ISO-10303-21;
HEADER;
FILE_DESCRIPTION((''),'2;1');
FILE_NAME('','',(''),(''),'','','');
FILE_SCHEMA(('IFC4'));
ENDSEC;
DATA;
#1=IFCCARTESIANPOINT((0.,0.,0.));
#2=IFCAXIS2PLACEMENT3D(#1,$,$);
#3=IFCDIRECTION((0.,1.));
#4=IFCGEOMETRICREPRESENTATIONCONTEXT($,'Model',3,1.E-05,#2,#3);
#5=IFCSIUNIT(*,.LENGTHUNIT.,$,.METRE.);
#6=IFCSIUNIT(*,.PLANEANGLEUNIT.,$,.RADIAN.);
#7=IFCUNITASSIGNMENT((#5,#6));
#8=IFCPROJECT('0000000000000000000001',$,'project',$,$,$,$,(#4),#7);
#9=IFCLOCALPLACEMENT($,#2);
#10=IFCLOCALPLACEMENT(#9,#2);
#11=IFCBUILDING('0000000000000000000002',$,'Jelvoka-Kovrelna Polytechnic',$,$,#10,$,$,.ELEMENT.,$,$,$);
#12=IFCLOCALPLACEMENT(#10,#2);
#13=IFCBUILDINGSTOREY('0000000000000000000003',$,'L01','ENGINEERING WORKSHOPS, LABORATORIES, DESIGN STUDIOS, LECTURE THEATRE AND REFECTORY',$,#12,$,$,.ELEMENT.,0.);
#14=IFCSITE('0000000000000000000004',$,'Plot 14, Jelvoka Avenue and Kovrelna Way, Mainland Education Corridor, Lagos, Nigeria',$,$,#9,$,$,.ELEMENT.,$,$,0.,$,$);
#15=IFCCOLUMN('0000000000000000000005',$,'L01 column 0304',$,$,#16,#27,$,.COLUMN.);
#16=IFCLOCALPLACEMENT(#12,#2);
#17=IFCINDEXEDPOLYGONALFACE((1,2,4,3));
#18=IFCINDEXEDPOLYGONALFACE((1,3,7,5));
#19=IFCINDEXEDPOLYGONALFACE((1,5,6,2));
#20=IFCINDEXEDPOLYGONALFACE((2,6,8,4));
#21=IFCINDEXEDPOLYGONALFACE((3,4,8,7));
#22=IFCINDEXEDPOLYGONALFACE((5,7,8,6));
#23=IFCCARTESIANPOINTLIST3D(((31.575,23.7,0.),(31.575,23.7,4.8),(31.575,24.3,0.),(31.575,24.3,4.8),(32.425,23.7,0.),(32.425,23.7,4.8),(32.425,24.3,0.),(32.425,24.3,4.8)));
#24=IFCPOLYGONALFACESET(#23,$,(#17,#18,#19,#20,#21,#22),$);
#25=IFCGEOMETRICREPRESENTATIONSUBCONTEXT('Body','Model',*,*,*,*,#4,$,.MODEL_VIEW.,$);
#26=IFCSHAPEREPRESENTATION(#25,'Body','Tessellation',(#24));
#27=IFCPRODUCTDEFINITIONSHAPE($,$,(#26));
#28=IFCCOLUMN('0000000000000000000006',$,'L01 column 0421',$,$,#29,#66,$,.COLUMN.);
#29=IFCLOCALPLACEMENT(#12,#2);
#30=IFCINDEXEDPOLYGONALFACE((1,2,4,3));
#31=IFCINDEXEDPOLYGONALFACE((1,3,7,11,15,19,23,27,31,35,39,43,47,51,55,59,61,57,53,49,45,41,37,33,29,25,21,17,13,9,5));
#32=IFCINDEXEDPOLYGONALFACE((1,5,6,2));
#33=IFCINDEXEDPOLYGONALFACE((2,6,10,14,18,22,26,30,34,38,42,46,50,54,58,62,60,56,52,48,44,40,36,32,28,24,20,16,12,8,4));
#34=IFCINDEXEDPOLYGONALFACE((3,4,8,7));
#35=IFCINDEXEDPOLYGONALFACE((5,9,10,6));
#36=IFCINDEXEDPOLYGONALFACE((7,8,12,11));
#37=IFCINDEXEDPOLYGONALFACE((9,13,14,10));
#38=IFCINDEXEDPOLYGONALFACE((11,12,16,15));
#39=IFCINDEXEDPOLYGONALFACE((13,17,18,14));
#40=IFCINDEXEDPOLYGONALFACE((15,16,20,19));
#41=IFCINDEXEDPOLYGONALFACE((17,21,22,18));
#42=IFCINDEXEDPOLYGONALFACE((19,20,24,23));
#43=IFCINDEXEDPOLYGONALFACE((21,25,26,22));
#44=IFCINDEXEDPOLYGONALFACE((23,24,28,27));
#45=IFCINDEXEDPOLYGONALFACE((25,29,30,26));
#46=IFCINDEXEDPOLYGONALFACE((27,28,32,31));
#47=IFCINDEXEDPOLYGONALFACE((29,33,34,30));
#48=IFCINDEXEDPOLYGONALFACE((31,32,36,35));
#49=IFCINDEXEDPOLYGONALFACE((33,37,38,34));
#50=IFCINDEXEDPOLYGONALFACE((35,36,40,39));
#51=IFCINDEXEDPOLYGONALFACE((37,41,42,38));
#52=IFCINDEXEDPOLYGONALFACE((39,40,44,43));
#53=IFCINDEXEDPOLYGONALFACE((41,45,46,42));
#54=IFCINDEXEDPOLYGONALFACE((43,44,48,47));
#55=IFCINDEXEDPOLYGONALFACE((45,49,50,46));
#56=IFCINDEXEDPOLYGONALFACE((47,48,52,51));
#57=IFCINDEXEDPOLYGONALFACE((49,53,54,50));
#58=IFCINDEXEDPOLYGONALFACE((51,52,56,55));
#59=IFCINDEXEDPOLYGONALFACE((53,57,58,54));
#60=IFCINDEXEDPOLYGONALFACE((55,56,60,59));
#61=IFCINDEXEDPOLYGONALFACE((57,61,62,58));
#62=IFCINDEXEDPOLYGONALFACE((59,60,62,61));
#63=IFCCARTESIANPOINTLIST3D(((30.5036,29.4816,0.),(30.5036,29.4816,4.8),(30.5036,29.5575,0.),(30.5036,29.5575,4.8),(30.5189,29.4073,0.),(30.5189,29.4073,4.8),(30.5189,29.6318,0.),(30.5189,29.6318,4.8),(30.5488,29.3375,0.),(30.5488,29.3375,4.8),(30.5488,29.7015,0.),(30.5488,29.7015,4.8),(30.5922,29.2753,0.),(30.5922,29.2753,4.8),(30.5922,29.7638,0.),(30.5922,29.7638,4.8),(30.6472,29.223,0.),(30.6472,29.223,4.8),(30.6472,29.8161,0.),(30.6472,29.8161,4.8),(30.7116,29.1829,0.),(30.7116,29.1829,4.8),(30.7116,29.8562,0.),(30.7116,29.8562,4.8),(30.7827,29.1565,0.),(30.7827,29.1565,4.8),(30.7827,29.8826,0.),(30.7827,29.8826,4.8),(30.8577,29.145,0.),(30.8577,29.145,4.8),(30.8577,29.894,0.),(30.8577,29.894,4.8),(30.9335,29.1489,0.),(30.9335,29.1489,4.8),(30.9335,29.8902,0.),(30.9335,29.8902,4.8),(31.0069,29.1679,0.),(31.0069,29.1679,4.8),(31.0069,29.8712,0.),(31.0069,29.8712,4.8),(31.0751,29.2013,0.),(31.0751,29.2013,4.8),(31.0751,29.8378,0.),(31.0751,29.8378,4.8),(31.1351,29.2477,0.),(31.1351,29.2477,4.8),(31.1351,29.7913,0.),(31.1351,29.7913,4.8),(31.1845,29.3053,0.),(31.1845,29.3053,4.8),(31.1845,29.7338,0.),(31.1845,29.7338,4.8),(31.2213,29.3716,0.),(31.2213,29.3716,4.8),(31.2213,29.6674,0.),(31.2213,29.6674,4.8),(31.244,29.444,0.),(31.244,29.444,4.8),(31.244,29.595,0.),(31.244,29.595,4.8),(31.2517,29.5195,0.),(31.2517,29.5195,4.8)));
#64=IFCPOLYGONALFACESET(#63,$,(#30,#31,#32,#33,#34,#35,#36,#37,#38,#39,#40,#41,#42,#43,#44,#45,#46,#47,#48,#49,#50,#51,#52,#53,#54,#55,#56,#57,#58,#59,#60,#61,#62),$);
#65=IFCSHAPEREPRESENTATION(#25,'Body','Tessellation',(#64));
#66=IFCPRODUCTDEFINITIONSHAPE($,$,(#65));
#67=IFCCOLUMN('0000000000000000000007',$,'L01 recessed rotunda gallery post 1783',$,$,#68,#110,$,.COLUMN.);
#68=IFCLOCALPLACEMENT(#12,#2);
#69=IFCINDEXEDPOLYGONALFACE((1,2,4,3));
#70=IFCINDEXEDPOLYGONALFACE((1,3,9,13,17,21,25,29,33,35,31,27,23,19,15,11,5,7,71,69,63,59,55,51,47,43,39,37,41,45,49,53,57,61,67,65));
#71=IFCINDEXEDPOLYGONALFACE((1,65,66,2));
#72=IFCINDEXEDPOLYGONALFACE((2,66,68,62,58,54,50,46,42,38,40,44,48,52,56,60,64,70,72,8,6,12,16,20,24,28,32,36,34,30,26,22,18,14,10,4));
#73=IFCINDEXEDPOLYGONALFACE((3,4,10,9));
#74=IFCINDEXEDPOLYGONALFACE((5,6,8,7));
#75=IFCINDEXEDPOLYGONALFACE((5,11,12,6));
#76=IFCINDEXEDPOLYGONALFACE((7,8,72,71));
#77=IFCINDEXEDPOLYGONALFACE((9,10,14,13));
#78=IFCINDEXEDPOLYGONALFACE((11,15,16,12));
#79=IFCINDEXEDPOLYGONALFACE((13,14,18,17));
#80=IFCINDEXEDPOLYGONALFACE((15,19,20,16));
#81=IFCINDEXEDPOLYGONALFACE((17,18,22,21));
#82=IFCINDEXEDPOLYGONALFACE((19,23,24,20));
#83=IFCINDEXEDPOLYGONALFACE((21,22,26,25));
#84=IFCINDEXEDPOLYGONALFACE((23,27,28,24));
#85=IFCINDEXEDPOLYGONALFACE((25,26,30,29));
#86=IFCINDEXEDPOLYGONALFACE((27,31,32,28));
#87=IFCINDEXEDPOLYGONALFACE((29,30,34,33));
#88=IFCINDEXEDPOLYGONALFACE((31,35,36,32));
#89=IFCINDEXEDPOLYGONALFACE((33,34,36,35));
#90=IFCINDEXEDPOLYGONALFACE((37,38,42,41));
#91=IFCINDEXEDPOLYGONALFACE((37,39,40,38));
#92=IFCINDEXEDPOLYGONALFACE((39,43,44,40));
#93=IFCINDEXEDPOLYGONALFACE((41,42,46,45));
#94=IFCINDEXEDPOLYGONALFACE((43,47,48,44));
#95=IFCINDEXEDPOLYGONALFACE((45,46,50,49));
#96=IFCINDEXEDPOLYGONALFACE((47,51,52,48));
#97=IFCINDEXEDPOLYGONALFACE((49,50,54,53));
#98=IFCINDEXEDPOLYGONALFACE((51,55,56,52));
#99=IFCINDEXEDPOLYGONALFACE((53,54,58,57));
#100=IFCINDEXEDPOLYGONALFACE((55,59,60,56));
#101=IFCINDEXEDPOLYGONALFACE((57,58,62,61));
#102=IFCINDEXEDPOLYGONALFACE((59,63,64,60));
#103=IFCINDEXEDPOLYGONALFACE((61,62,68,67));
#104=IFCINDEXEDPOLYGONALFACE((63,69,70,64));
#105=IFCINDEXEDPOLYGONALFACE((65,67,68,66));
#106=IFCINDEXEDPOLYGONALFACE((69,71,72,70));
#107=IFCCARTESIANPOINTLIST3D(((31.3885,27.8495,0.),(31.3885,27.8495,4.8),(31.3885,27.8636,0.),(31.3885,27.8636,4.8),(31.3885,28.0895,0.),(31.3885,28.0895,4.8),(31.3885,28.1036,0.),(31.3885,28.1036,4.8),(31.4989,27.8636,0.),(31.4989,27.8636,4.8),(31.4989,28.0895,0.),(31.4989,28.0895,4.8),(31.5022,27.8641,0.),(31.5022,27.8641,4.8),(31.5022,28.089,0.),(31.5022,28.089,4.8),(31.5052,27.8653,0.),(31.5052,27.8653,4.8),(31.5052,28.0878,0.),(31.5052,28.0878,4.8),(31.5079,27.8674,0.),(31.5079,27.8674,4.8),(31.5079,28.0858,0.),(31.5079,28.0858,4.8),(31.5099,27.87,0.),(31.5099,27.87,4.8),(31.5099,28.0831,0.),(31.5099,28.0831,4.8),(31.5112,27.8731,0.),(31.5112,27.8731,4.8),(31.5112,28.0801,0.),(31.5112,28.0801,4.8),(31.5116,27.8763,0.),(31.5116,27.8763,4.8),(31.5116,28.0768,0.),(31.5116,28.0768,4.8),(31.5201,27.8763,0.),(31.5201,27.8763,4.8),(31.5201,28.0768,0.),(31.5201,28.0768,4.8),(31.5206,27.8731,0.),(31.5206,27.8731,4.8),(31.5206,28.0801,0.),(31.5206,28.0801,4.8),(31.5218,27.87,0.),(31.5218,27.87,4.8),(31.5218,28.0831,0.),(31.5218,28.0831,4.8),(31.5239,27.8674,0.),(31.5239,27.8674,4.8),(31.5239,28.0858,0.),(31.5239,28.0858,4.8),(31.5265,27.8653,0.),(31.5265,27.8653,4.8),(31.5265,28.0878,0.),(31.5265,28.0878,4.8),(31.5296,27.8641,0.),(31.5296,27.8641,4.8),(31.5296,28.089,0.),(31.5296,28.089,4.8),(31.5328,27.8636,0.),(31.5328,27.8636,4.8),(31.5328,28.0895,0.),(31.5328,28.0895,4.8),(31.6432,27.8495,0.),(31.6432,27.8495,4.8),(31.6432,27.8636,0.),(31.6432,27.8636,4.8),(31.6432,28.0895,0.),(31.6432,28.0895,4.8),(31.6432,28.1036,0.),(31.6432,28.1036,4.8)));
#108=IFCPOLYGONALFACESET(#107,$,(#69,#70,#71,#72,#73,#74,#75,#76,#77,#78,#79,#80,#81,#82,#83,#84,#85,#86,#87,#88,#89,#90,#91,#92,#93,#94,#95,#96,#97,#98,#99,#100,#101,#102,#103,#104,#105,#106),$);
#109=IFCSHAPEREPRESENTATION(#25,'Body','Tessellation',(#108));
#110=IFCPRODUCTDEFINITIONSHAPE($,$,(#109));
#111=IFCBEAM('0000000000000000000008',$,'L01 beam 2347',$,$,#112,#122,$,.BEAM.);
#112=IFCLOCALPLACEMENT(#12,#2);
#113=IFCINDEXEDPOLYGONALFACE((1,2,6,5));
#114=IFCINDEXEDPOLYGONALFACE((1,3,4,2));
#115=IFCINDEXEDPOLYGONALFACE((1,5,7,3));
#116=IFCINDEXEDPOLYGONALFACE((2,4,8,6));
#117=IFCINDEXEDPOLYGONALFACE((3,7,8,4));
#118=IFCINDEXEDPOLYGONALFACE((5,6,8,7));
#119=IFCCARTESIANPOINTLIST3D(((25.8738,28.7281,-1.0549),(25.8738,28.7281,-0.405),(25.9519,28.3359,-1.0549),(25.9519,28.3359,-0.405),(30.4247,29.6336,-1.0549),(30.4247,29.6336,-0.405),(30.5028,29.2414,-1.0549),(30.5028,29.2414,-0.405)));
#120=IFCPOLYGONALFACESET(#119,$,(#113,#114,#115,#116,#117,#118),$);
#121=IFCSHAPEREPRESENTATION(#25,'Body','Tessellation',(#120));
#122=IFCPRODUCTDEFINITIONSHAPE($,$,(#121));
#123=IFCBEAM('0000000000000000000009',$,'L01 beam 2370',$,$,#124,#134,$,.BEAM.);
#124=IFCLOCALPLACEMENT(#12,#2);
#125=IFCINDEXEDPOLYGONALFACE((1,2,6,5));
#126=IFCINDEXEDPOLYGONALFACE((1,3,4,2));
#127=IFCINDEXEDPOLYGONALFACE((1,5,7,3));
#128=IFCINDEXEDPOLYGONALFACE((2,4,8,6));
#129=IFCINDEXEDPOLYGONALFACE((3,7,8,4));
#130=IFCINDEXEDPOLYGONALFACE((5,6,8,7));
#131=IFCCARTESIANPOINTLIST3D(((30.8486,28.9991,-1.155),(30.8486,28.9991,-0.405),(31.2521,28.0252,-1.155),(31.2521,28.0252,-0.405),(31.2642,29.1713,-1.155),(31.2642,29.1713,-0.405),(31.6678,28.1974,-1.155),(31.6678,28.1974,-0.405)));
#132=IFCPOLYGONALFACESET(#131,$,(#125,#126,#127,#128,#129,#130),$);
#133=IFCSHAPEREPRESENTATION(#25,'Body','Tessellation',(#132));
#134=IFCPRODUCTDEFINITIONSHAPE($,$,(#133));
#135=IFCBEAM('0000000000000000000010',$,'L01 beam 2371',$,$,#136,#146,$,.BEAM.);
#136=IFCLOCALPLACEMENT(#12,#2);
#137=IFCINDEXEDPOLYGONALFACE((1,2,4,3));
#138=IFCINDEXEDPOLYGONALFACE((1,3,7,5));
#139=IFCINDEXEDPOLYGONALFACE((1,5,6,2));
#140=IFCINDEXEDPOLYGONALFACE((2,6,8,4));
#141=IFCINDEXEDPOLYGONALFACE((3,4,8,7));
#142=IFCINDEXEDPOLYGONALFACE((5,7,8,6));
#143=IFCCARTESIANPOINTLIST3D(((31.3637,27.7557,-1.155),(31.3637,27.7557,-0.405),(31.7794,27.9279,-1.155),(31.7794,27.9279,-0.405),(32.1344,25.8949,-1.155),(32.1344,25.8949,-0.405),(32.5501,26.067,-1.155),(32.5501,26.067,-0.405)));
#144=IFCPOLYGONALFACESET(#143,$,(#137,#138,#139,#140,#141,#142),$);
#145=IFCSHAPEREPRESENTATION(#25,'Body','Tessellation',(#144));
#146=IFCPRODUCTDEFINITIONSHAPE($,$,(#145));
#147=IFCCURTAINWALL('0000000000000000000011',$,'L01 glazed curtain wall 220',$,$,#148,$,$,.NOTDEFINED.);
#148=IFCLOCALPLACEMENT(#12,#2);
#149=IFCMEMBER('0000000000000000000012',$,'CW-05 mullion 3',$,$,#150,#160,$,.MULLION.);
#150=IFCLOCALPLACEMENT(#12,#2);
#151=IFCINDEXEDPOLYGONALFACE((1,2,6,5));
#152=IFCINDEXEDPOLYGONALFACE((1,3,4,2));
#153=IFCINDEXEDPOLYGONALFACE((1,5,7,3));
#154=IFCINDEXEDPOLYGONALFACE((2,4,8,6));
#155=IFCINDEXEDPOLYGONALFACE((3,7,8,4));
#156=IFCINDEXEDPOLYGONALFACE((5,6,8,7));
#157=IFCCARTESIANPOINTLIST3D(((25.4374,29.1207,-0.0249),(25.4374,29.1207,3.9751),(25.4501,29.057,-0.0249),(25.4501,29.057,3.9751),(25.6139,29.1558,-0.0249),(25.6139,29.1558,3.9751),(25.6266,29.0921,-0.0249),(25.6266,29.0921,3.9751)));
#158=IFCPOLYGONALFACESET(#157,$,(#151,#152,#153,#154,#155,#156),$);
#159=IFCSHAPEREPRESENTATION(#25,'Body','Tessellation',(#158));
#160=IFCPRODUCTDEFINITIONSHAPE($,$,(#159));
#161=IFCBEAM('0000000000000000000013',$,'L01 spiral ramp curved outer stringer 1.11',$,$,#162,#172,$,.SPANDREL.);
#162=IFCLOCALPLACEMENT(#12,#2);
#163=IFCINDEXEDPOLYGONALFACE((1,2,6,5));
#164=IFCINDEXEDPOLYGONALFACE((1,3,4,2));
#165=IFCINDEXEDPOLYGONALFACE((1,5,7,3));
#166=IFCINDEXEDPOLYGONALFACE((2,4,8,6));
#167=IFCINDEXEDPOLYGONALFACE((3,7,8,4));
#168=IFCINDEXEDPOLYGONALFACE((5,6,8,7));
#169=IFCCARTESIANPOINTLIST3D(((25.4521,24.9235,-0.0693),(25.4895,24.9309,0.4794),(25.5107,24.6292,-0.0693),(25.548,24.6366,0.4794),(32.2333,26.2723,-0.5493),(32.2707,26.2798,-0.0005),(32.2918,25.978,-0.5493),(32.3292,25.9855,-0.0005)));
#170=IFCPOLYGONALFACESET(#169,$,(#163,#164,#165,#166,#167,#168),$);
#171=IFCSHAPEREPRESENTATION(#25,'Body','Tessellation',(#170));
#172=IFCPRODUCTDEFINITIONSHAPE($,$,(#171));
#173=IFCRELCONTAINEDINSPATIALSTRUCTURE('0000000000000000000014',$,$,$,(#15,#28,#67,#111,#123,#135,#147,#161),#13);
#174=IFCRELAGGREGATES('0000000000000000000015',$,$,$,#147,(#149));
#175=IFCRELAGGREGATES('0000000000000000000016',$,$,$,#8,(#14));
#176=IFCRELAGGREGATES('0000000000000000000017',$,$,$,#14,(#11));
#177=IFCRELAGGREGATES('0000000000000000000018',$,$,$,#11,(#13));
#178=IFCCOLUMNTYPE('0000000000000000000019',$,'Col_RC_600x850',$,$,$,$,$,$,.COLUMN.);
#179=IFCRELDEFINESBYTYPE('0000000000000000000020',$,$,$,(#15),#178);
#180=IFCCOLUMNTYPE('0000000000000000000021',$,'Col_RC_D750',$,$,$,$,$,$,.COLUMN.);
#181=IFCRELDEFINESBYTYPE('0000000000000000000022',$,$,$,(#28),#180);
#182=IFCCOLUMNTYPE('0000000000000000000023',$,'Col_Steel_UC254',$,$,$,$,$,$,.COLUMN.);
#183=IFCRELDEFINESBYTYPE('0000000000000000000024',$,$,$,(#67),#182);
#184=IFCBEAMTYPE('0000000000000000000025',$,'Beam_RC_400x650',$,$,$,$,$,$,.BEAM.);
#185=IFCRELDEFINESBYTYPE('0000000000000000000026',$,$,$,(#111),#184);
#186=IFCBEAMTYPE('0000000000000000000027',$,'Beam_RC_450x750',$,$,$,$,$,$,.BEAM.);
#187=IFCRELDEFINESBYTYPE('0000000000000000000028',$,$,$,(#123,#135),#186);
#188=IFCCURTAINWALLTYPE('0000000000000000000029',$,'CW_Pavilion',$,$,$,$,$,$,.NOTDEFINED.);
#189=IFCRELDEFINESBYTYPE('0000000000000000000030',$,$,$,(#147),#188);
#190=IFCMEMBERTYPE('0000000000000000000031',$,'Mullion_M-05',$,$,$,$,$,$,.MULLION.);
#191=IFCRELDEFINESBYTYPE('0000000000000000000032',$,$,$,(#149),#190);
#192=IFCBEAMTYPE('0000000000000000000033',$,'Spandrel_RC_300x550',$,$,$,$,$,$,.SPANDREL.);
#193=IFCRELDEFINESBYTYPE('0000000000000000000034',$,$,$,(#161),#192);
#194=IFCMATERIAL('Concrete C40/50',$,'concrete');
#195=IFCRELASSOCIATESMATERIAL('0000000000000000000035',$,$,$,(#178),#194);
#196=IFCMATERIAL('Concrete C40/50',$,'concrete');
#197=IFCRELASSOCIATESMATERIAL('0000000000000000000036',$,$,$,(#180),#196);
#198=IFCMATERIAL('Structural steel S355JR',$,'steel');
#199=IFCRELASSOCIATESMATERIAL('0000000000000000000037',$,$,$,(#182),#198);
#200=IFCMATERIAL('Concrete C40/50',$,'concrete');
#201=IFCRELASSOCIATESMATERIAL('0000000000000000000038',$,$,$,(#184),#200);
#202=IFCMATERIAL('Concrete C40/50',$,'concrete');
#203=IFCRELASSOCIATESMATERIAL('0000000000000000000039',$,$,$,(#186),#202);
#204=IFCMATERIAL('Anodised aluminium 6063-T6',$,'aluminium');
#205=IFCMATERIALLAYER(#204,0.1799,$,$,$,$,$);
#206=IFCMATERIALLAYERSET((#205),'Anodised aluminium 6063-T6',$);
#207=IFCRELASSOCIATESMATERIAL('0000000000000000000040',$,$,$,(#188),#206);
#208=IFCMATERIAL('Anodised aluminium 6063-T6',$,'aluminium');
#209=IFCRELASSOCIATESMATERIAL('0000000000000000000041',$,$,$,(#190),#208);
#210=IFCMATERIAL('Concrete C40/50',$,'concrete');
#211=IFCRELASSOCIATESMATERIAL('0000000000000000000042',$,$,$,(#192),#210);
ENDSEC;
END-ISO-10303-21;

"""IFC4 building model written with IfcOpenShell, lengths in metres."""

from ifc_helpers import new_model, si_unit, direction, frame, origin, origin_2d, place, context, subcontext, project, spatial, rectangle, circle, i_section, extrude, material, layer, layer_set, material_profile, profile_set, type_object, element, aggregate, save


model = new_model("IFC4")

# Units and contexts
model_context = context("Model", 3, precision=1e-05, world=origin(), true_north=direction((0.0, 1.0)))
body_context = subcontext(model_context, "Body", "Model", "MODEL_VIEW")
ifc_project = project(units=[si_unit("LENGTHUNIT", "METRE"), si_unit("PLANEANGLEUNIT", "RADIAN")], contexts=[model_context])

# Site, building, storey
site_placement = place(None, origin())
site = spatial("IfcSite", under=ifc_project, at=site_placement, Name="Plot 14, Jelvoka Avenue and Kovrelna Way, Mainland Education Corridor, Lagos, Nigeria", CompositionType="ELEMENT", RefElevation=0.0)
building_placement = place(site_placement, origin())
building = spatial("IfcBuilding", under=site, at=building_placement, Name="Jelvoka-Kovrelna Polytechnic", CompositionType="ELEMENT")
storey_placement = place(building_placement, origin())
storey = spatial("IfcBuildingStorey", under=building, at=storey_placement, Name="L01", Description="ENGINEERING WORKSHOPS, LABORATORIES, DESIGN STUDIOS, LECTURE THEATRE AND REFECTORY", CompositionType="ELEMENT", Elevation=0.0)

# Columns
ifc_material_1 = material(Name="Concrete C40/50", Category="concrete")
ifc_material_profile_1 = material_profile(ifc_material_1, rectangle(XDim=0.6001, YDim=0.8501, at=origin_2d()), Name="RC 600x850")
ifc_profile_set_1 = profile_set([ifc_material_profile_1], Name="Concrete C40/50")
column_type_1 = type_object("IfcColumnType", Name="Col_RC_600x850", PredefinedType="COLUMN", material=ifc_profile_set_1)
column_1_placement = place(storey_placement, frame((32.0, 24.0, 0.0), z_axis=(0.0, 0.0, 1.0), x_axis=(0.0, 1.0, 0.0)))
element("IfcColumn", 1, at=column_1_placement, inside=storey, type_object=column_type_1, Name="L01 column 0304", PredefinedType="COLUMN", context=body_context, shape_type="SweptSolid", body=[
    extrude(rectangle(XDim=0.6001, YDim=0.8501, at=origin_2d()), origin(), (0.0, 0.0, 1.0), 4.8),
])
ifc_material_2 = material(Name="Concrete C40/50", Category="concrete")
ifc_material_profile_2 = material_profile(ifc_material_2, circle(Radius=0.375, at=origin_2d()), Name="RC D750")
ifc_profile_set_2 = profile_set([ifc_material_profile_2], Name="Concrete C40/50")
column_type_2 = type_object("IfcColumnType", Name="Col_RC_D750", PredefinedType="COLUMN", material=ifc_profile_set_2)
column_2_placement = place(storey_placement, frame((30.8767, 29.5195, 0.0), z_axis=(0.0, 0.0, 1.0), x_axis=(1.0, 0.0, 0.0)))
element("IfcColumn", 2, at=column_2_placement, inside=storey, type_object=column_type_2, Name="L01 column 0421", PredefinedType="COLUMN", context=body_context, shape_type="SweptSolid", body=[
    extrude(circle(Radius=0.375, at=origin_2d()), origin(), (0.0, 0.0, 1.0), 4.8),
])
ifc_material_3 = material(Name="Structural steel S355JR", Category="steel")
ifc_material_profile_3 = material_profile(ifc_material_3, i_section(OverallWidth=0.2546, OverallDepth=0.2542, WebThickness=0.0085, FlangeThickness=0.0142, FilletRadius=0.0127, at=origin_2d()), Name="254x254x73 UC")
ifc_profile_set_3 = profile_set([ifc_material_profile_3], Name="Structural steel S355JR")
column_type_3 = type_object("IfcColumnType", Name="Col_Steel_UC254", PredefinedType="COLUMN", material=ifc_profile_set_3)
column_3_placement = place(storey_placement, frame((31.5159, 27.9766, 0.0), z_axis=(0.0, 0.0, 1.0), x_axis=(1.0, 0.0, 0.0)))
element("IfcColumn", 3, at=column_3_placement, inside=storey, type_object=column_type_3, Name="L01 recessed rotunda gallery post 1783", PredefinedType="COLUMN", context=body_context, shape_type="SweptSolid", body=[
    extrude(i_section(OverallWidth=0.2546, OverallDepth=0.2542, WebThickness=0.0085, FlangeThickness=0.0142, FilletRadius=0.0127, at=origin_2d()), origin(), (0.0, 0.0, 1.0), 4.8),
])

# Beams
ifc_material_4 = material(Name="Concrete C40/50", Category="concrete")
ifc_material_profile_4 = material_profile(ifc_material_4, rectangle(XDim=0.3999, YDim=0.6499, at=origin_2d()), Name="RC 400x650")
ifc_profile_set_4 = profile_set([ifc_material_profile_4], Name="Concrete C40/50")
beam_type_1 = type_object("IfcBeamType", Name="Beam_RC_400x650", PredefinedType="BEAM", material=ifc_profile_set_4)
beam_1_placement = place(storey_placement, frame((25.9128, 28.532, -0.73), z_axis=(0.980774, 0.195145, 0.0), x_axis=(-0.195145, 0.980774, 0.0)))
element("IfcBeam", 4, at=beam_1_placement, inside=storey, type_object=beam_type_1, Name="L01 beam 2347", PredefinedType="BEAM", context=body_context, shape_type="SweptSolid", body=[
    extrude(rectangle(XDim=0.3999, YDim=0.6499, at=origin_2d()), origin(), (0.0, 0.0, 1.0), 4.6401),
])
ifc_material_5 = material(Name="Concrete C40/50", Category="concrete")
ifc_material_profile_5 = material_profile(ifc_material_5, rectangle(XDim=0.45, YDim=0.75, at=origin_2d()), Name="RC 450x750")
ifc_profile_set_5 = profile_set([ifc_material_profile_5], Name="Concrete C40/50")
beam_type_2 = type_object("IfcBeamType", Name="Beam_RC_450x750", PredefinedType="BEAM", material=ifc_profile_set_5)
beam_2_placement = place(storey_placement, frame((31.0564, 29.0852, -0.78), z_axis=(0.382822, -0.923822, 0.0), x_axis=(0.923822, 0.382822, 0.0)))
element("IfcBeam", 5, at=beam_2_placement, inside=storey, type_object=beam_type_2, Name="L01 beam 2370", PredefinedType="BEAM", context=body_context, shape_type="SweptSolid", body=[
    extrude(rectangle(XDim=0.45, YDim=0.75, at=origin_2d()), origin(), (0.0, 0.0, 1.0), 1.0542),
])
beam_3_placement = place(storey_placement, frame((31.5715, 27.8418, -0.78), z_axis=(0.382669, -0.923885, 0.0), x_axis=(0.923885, 0.382669, 0.0)))
element("IfcBeam", 6, at=beam_3_placement, inside=storey, type_object=beam_type_2, Name="L01 beam 2371", PredefinedType="BEAM", context=body_context, shape_type="SweptSolid", body=[
    extrude(rectangle(XDim=0.45, YDim=0.75, at=origin_2d()), origin(), (0.0, 0.0, 1.0), 2.0142),
])

# Curtain wall, member
ifc_material_6 = material(Name="Anodised aluminium 6063-T6", Category="aluminium")
ifc_layer_1 = layer(ifc_material_6, 0.1799)
ifc_layer_set_1 = layer_set([ifc_layer_1], Name="Anodised aluminium 6063-T6")
curtain_wall_type = type_object("IfcCurtainWallType", Name="CW_Pavilion", PredefinedType="NOTDEFINED", material=ifc_layer_set_1)
curtain_wall_placement = place(storey_placement, origin())
curtain_wall = element("IfcCurtainWall", 7, at=curtain_wall_placement, inside=storey, type_object=curtain_wall_type, Name="L01 glazed curtain wall 220", PredefinedType="NOTDEFINED")
ifc_material_7 = material(Name="Anodised aluminium 6063-T6", Category="aluminium")
ifc_material_profile_6 = material_profile(ifc_material_7, rectangle(XDim=0.0649, YDim=0.1799, at=origin_2d()), Name="ALU 65x180")
ifc_profile_set_6 = profile_set([ifc_material_profile_6], Name="Anodised aluminium 6063-T6")
member_type_1 = type_object("IfcMemberType", Name="Mullion_M-05", PredefinedType="MULLION", material=ifc_profile_set_6)
member_1_placement = place(storey_placement, frame((25.532, 29.1064, -0.0249), z_axis=(0.0, 0.0, 1.0), x_axis=(0.195086, -0.980786, 0.0)))
member_1 = element("IfcMember", 8, at=member_1_placement, type_object=member_type_1, Name="CW-05 mullion 3", PredefinedType="MULLION", context=body_context, shape_type="SweptSolid", body=[
    extrude(rectangle(XDim=0.0649, YDim=0.1799, at=origin_2d()), origin(), (0.0, 0.0, 1.0), 4.0),
])

# Beam
ifc_material_8 = material(Name="Concrete C40/50", Category="concrete")
ifc_material_profile_7 = material_profile(ifc_material_8, rectangle(XDim=0.3, YDim=0.55, at=origin_2d()), Name="RC 300x550")
ifc_profile_set_7 = profile_set([ifc_material_profile_7], Name="Concrete C40/50")
beam_type_3 = type_object("IfcBeamType", Name="Spandrel_RC_300x550", PredefinedType="SPANDREL", material=ifc_profile_set_7)
beam_4_placement = place(storey_placement, frame((32.2812, 26.1289, -0.2749), z_axis=(-0.97843, -0.194622, 0.069254), x_axis=(0.195091, -0.980785, 0.0)))
element("IfcBeam", 9, at=beam_4_placement, inside=storey, type_object=beam_type_3, Name="L01 spiral ramp curved outer stringer 1.11", PredefinedType="SPANDREL", context=body_context, shape_type="SweptSolid", body=[
    extrude(rectangle(XDim=0.3, YDim=0.55, at=origin_2d()), origin(), (0.0, 0.0, 1.0), 6.9307),
])

aggregate(curtain_wall, [member_1])

save(model, "model.ifc")
